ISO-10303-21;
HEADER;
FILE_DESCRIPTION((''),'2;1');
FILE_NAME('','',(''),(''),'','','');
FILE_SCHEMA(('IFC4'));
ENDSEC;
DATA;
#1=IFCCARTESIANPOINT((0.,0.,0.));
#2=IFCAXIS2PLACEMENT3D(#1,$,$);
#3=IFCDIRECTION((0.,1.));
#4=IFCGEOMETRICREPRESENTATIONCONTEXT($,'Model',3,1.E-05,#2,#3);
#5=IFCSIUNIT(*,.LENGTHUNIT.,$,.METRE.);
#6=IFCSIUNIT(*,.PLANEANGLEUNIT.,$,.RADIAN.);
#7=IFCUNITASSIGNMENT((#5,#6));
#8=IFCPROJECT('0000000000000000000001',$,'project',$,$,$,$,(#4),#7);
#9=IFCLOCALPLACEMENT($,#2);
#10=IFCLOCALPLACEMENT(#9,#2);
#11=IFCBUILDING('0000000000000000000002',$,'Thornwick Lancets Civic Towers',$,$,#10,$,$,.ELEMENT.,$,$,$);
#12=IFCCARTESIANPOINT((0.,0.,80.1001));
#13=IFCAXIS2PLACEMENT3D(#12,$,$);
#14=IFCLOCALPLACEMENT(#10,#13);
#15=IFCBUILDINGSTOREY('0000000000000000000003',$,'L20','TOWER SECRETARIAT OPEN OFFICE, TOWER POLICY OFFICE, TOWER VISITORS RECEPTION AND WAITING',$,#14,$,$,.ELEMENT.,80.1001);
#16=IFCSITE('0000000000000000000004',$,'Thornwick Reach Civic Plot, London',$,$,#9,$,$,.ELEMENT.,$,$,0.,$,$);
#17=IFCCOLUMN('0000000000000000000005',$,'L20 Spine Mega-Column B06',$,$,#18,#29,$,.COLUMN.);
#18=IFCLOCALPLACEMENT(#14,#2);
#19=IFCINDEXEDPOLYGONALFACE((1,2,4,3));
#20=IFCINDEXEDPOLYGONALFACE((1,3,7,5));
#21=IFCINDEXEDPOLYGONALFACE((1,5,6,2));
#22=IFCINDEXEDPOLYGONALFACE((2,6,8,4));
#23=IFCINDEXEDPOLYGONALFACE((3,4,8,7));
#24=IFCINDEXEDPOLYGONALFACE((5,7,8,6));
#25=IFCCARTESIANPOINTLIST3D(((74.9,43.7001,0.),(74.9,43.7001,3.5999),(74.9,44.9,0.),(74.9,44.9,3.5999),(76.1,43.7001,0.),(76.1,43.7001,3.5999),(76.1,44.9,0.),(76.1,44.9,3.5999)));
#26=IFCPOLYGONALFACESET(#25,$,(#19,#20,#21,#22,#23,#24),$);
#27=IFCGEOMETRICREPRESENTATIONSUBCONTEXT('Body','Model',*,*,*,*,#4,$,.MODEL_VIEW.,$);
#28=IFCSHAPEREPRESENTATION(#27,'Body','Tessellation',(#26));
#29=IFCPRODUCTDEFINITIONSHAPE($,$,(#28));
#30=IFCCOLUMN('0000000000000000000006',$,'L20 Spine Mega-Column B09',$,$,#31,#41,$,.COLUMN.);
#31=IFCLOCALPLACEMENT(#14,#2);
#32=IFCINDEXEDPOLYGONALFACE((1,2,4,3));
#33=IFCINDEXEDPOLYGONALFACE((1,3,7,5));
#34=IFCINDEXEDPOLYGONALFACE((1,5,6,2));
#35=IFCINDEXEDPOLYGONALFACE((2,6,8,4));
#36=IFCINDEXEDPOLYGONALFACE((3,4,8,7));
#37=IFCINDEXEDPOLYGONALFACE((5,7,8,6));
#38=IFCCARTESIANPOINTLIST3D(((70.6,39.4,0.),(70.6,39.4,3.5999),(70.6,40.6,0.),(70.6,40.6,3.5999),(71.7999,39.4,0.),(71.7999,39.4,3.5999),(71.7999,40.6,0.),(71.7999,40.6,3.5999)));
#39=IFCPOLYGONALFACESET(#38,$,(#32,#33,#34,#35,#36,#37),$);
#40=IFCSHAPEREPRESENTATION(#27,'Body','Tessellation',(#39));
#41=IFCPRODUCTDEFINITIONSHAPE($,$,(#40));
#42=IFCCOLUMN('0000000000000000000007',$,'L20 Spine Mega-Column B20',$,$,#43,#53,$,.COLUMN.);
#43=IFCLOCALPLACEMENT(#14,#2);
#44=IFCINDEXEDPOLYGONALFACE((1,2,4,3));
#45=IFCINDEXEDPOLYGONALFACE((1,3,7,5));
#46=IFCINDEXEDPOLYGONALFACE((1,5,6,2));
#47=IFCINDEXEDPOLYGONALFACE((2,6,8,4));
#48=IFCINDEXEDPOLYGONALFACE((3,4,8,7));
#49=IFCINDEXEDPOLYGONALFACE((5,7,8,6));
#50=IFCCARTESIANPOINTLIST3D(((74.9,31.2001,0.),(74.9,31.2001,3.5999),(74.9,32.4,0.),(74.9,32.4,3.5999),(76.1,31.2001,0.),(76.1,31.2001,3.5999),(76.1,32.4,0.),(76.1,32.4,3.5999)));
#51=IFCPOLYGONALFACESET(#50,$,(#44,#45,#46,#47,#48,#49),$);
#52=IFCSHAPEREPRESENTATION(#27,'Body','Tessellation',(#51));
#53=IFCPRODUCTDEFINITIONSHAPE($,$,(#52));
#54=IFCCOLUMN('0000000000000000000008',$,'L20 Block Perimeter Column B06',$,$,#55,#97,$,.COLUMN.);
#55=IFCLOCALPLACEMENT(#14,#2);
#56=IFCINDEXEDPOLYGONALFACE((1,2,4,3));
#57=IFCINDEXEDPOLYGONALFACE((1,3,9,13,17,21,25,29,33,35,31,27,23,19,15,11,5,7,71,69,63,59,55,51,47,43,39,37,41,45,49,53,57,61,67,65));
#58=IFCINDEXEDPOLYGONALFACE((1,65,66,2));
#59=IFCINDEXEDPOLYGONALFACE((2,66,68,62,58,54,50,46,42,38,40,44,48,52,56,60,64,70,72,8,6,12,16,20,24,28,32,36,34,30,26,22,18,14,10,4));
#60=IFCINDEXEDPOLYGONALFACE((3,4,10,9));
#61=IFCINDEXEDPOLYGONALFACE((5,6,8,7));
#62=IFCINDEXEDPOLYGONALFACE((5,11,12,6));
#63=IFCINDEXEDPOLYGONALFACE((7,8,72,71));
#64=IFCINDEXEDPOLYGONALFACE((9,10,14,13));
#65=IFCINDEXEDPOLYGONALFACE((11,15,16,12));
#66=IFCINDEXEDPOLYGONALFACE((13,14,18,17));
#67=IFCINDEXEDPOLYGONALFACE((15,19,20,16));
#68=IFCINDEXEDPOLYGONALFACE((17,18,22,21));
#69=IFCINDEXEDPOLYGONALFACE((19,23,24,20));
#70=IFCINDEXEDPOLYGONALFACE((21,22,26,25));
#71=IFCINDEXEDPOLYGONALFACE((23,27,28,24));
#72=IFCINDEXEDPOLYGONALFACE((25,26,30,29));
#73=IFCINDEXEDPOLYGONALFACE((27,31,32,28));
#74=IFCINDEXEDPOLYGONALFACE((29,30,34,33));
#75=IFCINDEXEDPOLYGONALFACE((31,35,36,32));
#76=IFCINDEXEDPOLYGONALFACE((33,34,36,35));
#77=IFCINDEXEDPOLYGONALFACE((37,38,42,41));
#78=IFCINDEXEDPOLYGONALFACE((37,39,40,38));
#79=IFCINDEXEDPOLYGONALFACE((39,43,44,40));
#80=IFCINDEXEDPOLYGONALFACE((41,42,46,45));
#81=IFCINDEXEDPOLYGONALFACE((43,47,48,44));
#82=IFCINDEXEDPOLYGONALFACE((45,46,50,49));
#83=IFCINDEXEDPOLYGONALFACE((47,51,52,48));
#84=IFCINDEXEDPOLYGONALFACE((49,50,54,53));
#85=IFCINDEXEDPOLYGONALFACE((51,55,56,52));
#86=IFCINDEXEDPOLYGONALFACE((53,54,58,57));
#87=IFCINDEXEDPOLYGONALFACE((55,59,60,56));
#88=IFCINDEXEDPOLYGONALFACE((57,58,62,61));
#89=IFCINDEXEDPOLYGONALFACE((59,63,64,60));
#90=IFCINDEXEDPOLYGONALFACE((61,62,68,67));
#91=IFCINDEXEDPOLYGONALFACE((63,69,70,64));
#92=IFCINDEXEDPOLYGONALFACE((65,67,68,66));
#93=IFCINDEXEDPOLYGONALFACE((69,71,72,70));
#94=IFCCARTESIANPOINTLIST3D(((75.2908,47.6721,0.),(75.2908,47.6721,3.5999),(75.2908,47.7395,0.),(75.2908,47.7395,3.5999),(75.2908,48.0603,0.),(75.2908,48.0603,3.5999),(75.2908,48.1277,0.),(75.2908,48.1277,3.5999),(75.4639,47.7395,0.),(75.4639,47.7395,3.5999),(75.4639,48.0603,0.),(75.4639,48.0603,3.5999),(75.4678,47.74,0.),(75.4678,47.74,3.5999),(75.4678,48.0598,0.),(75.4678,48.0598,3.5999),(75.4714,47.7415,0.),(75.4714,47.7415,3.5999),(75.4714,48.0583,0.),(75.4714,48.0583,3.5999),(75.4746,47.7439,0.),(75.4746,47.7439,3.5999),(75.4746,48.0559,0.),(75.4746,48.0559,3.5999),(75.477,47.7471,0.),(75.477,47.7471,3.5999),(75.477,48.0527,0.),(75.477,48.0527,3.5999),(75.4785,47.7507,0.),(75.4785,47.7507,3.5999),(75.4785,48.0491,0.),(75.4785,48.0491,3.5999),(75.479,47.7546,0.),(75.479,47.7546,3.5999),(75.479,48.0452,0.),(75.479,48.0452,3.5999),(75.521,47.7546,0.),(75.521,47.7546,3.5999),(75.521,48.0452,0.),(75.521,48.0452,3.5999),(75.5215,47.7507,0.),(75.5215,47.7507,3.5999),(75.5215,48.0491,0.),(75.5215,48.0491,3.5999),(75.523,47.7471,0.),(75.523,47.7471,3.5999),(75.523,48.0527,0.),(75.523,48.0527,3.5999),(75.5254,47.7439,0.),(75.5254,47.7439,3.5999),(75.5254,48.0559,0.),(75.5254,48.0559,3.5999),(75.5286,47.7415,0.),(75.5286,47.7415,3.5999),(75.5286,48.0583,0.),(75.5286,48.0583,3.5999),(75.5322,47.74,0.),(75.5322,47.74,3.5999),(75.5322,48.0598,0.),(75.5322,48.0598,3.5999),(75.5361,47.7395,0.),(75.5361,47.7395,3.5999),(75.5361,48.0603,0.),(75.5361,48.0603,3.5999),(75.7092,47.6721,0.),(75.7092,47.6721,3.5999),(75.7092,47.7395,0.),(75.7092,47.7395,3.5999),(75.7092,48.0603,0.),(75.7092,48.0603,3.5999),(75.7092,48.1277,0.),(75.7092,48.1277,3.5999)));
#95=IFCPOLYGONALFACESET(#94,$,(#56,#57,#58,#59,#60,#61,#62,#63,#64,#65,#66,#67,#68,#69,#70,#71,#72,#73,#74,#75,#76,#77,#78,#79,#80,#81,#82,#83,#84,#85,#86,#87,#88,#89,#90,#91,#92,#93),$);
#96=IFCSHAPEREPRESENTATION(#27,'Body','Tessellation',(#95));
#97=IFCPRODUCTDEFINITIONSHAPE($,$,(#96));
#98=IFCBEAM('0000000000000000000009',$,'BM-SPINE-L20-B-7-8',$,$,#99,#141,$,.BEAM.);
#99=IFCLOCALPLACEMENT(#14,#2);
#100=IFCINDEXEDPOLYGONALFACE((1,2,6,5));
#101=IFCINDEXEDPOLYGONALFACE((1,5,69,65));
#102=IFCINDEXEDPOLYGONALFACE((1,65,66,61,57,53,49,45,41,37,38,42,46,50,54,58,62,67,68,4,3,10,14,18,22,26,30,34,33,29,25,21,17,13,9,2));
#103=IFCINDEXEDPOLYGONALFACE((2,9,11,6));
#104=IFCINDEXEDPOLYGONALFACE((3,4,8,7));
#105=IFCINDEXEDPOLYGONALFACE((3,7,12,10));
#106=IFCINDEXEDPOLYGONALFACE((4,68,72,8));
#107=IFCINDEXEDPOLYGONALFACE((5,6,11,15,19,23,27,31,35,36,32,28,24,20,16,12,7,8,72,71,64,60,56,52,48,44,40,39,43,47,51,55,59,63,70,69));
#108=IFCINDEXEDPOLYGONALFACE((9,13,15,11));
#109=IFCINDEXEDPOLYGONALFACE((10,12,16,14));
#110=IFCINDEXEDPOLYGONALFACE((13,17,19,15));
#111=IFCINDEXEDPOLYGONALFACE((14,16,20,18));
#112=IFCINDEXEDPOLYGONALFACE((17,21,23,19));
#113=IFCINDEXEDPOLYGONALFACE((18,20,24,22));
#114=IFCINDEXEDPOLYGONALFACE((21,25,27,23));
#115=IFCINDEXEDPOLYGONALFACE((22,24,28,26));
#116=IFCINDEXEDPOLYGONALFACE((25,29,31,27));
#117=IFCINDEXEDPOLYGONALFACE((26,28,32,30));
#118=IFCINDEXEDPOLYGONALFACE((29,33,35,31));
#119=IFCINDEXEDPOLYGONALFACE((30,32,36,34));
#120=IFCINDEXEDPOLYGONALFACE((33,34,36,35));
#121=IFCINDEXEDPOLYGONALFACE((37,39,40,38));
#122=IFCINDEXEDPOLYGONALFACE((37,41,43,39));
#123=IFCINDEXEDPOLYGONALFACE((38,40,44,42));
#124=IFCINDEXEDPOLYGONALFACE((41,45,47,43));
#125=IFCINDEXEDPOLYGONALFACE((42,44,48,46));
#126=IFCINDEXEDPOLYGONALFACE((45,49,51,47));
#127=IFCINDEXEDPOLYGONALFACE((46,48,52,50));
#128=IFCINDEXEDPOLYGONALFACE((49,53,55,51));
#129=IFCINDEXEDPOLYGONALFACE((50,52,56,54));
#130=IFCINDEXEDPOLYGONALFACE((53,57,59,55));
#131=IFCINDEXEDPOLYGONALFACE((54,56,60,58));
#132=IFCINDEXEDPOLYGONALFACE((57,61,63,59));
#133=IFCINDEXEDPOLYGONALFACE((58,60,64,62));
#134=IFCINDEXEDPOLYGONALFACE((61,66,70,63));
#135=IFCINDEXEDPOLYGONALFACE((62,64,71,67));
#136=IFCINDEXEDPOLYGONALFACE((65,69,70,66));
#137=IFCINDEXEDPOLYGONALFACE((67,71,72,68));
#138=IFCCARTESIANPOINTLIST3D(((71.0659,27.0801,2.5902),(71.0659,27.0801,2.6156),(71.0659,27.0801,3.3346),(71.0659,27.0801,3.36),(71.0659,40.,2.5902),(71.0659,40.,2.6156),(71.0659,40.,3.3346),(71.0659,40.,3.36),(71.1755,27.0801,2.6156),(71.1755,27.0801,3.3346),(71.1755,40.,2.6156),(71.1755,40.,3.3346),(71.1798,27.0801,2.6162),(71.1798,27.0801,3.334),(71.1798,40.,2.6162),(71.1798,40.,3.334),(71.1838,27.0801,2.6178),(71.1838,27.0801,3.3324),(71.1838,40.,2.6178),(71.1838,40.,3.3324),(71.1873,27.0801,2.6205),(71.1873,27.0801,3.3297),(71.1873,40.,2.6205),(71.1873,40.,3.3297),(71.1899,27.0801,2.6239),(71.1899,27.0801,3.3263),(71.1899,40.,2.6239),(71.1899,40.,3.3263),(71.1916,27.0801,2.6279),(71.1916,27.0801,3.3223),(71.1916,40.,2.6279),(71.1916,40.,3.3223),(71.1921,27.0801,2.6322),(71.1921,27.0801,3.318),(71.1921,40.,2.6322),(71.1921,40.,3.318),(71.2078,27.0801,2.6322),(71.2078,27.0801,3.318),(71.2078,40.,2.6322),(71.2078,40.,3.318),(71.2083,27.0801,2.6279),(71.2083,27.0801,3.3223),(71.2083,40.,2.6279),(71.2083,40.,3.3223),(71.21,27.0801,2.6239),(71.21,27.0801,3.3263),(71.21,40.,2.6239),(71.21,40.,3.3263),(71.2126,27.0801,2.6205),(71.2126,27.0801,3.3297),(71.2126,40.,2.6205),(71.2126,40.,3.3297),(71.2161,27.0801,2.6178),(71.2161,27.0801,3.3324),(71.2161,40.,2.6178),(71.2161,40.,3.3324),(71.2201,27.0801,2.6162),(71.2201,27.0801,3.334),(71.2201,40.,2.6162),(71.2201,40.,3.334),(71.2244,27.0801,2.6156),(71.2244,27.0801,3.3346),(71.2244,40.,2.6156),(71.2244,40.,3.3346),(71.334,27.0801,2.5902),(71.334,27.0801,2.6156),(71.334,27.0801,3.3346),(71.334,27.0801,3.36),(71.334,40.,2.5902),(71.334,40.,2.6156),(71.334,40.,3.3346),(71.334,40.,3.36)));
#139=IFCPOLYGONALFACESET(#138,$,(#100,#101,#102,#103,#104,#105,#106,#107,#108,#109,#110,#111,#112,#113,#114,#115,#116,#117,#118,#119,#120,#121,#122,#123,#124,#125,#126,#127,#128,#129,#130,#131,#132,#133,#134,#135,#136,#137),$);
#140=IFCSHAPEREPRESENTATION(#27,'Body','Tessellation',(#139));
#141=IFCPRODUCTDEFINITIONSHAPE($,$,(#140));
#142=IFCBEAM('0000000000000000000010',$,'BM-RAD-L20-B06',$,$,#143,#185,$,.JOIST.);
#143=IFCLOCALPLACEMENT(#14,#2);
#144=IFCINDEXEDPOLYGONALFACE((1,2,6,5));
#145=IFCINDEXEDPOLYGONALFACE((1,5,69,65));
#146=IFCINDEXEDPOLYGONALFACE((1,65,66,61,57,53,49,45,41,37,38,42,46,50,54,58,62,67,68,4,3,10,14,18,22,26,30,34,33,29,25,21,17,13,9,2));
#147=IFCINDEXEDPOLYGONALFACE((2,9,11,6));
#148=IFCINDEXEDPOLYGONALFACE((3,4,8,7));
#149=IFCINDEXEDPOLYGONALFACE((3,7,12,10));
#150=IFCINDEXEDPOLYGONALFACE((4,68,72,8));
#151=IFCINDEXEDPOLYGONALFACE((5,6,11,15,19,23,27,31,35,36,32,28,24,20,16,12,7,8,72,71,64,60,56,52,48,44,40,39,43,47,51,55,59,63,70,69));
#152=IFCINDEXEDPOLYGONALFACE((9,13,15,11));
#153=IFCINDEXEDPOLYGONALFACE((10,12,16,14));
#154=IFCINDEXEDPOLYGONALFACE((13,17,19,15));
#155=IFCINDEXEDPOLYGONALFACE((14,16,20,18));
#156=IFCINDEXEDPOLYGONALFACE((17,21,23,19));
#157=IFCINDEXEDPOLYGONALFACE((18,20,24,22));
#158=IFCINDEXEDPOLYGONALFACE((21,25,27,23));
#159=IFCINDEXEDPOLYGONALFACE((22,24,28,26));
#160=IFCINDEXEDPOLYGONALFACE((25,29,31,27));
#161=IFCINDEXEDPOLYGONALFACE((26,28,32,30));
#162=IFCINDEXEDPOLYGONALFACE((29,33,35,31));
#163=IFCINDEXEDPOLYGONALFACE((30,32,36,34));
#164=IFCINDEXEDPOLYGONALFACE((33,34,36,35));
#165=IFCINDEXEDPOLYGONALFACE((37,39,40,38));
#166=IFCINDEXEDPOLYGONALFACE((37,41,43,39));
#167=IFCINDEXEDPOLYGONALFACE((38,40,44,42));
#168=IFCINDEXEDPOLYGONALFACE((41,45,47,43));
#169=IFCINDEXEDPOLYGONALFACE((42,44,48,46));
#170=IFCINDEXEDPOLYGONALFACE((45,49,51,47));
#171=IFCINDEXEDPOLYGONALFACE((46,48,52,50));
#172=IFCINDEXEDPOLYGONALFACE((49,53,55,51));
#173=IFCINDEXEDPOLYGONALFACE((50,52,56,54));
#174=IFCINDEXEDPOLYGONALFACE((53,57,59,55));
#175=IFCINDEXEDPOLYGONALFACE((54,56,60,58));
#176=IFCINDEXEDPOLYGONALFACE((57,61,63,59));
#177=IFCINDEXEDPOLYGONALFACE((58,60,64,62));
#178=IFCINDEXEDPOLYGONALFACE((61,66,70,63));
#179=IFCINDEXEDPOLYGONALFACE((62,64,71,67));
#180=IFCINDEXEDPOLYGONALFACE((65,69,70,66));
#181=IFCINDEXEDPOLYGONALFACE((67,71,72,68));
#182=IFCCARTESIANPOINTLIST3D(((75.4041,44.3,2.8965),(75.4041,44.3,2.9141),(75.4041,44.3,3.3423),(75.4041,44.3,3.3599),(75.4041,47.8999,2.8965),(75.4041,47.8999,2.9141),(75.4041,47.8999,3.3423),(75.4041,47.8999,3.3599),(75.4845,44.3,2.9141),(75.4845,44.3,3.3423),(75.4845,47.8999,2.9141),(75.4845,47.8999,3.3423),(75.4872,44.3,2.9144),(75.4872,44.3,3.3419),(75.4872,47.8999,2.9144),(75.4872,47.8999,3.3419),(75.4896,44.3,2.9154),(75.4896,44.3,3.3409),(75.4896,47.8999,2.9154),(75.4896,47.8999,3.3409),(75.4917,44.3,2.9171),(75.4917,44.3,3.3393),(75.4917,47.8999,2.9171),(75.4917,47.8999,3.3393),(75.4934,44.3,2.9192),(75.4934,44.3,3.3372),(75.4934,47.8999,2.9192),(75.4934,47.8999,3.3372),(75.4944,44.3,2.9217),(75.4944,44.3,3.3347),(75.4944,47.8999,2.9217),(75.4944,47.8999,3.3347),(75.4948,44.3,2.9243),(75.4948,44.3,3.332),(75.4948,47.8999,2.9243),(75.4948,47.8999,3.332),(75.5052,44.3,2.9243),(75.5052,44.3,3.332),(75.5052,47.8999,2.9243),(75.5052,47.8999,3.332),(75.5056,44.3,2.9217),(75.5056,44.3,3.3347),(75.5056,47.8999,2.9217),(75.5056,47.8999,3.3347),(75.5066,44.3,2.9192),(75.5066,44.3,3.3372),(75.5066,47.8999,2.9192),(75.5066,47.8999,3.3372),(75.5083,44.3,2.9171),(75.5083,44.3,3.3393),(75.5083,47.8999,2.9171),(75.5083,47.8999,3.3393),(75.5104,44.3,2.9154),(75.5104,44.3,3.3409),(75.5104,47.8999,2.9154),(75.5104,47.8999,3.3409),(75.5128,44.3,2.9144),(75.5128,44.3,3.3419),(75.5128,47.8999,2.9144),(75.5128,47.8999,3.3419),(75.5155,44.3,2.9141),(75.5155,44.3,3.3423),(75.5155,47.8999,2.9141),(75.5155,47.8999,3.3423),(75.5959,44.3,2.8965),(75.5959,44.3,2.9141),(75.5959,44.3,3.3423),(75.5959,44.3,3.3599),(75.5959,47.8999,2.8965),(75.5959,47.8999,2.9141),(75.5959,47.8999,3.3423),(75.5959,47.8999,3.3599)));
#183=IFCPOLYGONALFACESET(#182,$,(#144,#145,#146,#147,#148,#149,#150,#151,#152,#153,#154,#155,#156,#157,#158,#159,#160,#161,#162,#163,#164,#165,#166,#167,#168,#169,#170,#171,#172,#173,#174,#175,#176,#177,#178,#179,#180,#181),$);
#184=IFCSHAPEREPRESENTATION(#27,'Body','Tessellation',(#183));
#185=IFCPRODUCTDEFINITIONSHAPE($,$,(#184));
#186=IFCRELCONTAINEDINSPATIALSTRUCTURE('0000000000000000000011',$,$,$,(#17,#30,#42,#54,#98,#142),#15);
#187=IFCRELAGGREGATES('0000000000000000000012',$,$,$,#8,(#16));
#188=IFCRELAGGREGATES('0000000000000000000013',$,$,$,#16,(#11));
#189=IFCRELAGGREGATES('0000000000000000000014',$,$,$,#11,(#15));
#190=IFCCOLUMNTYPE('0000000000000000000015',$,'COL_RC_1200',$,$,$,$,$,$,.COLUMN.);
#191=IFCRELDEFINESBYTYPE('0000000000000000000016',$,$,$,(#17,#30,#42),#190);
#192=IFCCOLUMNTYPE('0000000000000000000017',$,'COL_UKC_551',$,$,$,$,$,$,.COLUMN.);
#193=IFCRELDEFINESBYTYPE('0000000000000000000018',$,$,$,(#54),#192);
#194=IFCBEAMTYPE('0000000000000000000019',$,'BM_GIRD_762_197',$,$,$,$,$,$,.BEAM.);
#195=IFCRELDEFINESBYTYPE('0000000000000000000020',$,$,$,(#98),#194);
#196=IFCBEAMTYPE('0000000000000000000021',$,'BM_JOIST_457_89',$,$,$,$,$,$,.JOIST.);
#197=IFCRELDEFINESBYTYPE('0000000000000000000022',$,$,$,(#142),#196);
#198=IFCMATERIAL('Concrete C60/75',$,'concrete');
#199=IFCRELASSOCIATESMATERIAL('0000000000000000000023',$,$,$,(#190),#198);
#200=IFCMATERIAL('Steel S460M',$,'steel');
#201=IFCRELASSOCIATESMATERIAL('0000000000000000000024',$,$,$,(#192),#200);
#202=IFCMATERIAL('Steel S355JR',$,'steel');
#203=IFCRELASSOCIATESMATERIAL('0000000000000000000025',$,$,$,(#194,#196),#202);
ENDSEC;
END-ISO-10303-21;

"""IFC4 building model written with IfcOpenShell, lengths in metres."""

from ifc_helpers import new_model, si_unit, direction, frame, origin, origin_2d, place, context, subcontext, project, spatial, rectangle, i_section, extrude, material, material_profile, profile_set, type_object, element, save


model = new_model("IFC4")

# Units and contexts
model_context = context("Model", 3, precision=1e-05, world=origin(), true_north=direction((0.0, 1.0)))
body_context = subcontext(model_context, "Body", "Model", "MODEL_VIEW")
ifc_project = project(units=[si_unit("LENGTHUNIT", "METRE"), si_unit("PLANEANGLEUNIT", "RADIAN")], contexts=[model_context])

# Site, building, storey
site_placement = place(None, origin())
site = spatial("IfcSite", under=ifc_project, at=site_placement, Name="Thornwick Reach Civic Plot, London", CompositionType="ELEMENT", RefElevation=0.0)
building_placement = place(site_placement, origin())
building = spatial("IfcBuilding", under=site, at=building_placement, Name="Thornwick Lancets Civic Towers", CompositionType="ELEMENT")
storey_placement = place(building_placement, frame((0.0, 0.0, 80.1001)))
storey = spatial("IfcBuildingStorey", under=building, at=storey_placement, Name="L20", Description="TOWER SECRETARIAT OPEN OFFICE, TOWER POLICY OFFICE, TOWER VISITORS RECEPTION AND WAITING", CompositionType="ELEMENT", Elevation=80.1001)

# Columns
ifc_material_1 = material(Name="Concrete C60/75", Category="concrete")
ifc_material_profile_1 = material_profile(ifc_material_1, rectangle(XDim=1.2, YDim=1.2, at=origin_2d()), Name="RC 1200x1200")
ifc_profile_set_1 = profile_set([ifc_material_profile_1], Name="Concrete C60/75")
column_type_1 = type_object("IfcColumnType", Name="COL_RC_1200", PredefinedType="COLUMN", material=ifc_profile_set_1)
for number, where, z_axis, x_axis, name in (
    (1, (75.5, 44.3, 0.0), (0.0, 0.0, 1.0), (1.0, 0.0, 0.0), "L20 Spine Mega-Column B06"),
    (2, (71.2, 40.0, 0.0), (0.0, 0.0, 1.0), (1.0, 0.0, 0.0), "L20 Spine Mega-Column B09"),
    (3, (75.5, 31.8, 0.0), (0.0, 0.0, 1.0), (1.0, 0.0, 0.0), "L20 Spine Mega-Column B20"),
):
    element("IfcColumn", number, at=place(storey_placement, frame(where, z_axis=z_axis, x_axis=x_axis)), inside=storey, type_object=column_type_1, Name=name, PredefinedType="COLUMN", context=body_context, shape_type="SweptSolid", body=[
        extrude(rectangle(XDim=1.2, YDim=1.2, at=origin_2d()), origin(), (0.0, 0.0, 1.0), 3.5999),
    ])
ifc_material_2 = material(Name="Steel S460M", Category="steel")
ifc_material_profile_2 = material_profile(ifc_material_2, i_section(OverallWidth=0.4185, OverallDepth=0.4556, WebThickness=0.042, FlangeThickness=0.0674, FilletRadius=0.0151, at=origin_2d()), Name="UKC 356x406x551")
ifc_profile_set_2 = profile_set([ifc_material_profile_2], Name="Steel S460M")
column_type_2 = type_object("IfcColumnType", Name="COL_UKC_551", PredefinedType="COLUMN", material=ifc_profile_set_2)
column_placement = place(storey_placement, frame((75.5, 47.8999, 0.0), z_axis=(0.0, 0.0, 1.0), x_axis=(1.0, 0.0, 0.0)))
element("IfcColumn", 4, at=column_placement, inside=storey, type_object=column_type_2, Name="L20 Block Perimeter Column B06", PredefinedType="COLUMN", context=body_context, shape_type="SweptSolid", body=[
    extrude(i_section(OverallWidth=0.4185, OverallDepth=0.4556, WebThickness=0.042, FlangeThickness=0.0674, FilletRadius=0.0151, at=origin_2d()), origin(), (0.0, 0.0, 1.0), 3.5999),
])

# Beams
ifc_material_3 = material(Name="Steel S355JR", Category="steel")
ifc_material_profile_3 = material_profile(ifc_material_3, i_section(OverallWidth=0.2681, OverallDepth=0.7698, WebThickness=0.0156, FlangeThickness=0.0254, FilletRadius=0.0166, at=origin_2d()), Name="UKB 762x267x197")
ifc_profile_set_3 = profile_set([ifc_material_profile_3], Name="Steel S355JR")
beam_type_1 = type_object("IfcBeamType", Name="BM_GIRD_762_197", PredefinedType="BEAM", material=ifc_profile_set_3)
beam_1_placement = place(storey_placement, frame((71.2, 27.0801, 2.9751), z_axis=(0.0, 1.0, 0.0), x_axis=(-1.0, 0.0, 0.0)))
element("IfcBeam", 5, at=beam_1_placement, inside=storey, type_object=beam_type_1, Name="BM-SPINE-L20-B-7-8", PredefinedType="BEAM", context=body_context, shape_type="SweptSolid", body=[
    extrude(i_section(OverallWidth=0.2681, OverallDepth=0.7698, WebThickness=0.0156, FlangeThickness=0.0254, FilletRadius=0.0166, at=origin_2d()), origin(), (0.0, 0.0, 1.0), 12.9199),
])
ifc_material_profile_4 = material_profile(ifc_material_3, i_section(OverallWidth=0.1919, OverallDepth=0.4634, WebThickness=0.0105, FlangeThickness=0.0176, FilletRadius=0.0103, at=origin_2d()), Name="UKB 457x191x89")
ifc_profile_set_4 = profile_set([ifc_material_profile_4], Name="Steel S355JR")
beam_type_2 = type_object("IfcBeamType", Name="BM_JOIST_457_89", PredefinedType="JOIST", material=ifc_profile_set_4)
for number, where, z_axis, x_axis, name in (
    (6, (75.5, 44.3, 3.1282), (0.0, 1.0, 0.0), (-1.0, 0.0, 0.0), "BM-RAD-L20-B06"),
):
    element("IfcBeam", number, at=place(storey_placement, frame(where, z_axis=z_axis, x_axis=x_axis)), inside=storey, type_object=beam_type_2, Name=name, PredefinedType="JOIST", context=body_context, shape_type="SweptSolid", body=[
        extrude(i_section(OverallWidth=0.1919, OverallDepth=0.4634, WebThickness=0.0105, FlangeThickness=0.0176, FilletRadius=0.0103, at=origin_2d()), origin(), (0.0, 0.0, 1.0), 3.5999),
    ])

save(model, "model.ifc")
